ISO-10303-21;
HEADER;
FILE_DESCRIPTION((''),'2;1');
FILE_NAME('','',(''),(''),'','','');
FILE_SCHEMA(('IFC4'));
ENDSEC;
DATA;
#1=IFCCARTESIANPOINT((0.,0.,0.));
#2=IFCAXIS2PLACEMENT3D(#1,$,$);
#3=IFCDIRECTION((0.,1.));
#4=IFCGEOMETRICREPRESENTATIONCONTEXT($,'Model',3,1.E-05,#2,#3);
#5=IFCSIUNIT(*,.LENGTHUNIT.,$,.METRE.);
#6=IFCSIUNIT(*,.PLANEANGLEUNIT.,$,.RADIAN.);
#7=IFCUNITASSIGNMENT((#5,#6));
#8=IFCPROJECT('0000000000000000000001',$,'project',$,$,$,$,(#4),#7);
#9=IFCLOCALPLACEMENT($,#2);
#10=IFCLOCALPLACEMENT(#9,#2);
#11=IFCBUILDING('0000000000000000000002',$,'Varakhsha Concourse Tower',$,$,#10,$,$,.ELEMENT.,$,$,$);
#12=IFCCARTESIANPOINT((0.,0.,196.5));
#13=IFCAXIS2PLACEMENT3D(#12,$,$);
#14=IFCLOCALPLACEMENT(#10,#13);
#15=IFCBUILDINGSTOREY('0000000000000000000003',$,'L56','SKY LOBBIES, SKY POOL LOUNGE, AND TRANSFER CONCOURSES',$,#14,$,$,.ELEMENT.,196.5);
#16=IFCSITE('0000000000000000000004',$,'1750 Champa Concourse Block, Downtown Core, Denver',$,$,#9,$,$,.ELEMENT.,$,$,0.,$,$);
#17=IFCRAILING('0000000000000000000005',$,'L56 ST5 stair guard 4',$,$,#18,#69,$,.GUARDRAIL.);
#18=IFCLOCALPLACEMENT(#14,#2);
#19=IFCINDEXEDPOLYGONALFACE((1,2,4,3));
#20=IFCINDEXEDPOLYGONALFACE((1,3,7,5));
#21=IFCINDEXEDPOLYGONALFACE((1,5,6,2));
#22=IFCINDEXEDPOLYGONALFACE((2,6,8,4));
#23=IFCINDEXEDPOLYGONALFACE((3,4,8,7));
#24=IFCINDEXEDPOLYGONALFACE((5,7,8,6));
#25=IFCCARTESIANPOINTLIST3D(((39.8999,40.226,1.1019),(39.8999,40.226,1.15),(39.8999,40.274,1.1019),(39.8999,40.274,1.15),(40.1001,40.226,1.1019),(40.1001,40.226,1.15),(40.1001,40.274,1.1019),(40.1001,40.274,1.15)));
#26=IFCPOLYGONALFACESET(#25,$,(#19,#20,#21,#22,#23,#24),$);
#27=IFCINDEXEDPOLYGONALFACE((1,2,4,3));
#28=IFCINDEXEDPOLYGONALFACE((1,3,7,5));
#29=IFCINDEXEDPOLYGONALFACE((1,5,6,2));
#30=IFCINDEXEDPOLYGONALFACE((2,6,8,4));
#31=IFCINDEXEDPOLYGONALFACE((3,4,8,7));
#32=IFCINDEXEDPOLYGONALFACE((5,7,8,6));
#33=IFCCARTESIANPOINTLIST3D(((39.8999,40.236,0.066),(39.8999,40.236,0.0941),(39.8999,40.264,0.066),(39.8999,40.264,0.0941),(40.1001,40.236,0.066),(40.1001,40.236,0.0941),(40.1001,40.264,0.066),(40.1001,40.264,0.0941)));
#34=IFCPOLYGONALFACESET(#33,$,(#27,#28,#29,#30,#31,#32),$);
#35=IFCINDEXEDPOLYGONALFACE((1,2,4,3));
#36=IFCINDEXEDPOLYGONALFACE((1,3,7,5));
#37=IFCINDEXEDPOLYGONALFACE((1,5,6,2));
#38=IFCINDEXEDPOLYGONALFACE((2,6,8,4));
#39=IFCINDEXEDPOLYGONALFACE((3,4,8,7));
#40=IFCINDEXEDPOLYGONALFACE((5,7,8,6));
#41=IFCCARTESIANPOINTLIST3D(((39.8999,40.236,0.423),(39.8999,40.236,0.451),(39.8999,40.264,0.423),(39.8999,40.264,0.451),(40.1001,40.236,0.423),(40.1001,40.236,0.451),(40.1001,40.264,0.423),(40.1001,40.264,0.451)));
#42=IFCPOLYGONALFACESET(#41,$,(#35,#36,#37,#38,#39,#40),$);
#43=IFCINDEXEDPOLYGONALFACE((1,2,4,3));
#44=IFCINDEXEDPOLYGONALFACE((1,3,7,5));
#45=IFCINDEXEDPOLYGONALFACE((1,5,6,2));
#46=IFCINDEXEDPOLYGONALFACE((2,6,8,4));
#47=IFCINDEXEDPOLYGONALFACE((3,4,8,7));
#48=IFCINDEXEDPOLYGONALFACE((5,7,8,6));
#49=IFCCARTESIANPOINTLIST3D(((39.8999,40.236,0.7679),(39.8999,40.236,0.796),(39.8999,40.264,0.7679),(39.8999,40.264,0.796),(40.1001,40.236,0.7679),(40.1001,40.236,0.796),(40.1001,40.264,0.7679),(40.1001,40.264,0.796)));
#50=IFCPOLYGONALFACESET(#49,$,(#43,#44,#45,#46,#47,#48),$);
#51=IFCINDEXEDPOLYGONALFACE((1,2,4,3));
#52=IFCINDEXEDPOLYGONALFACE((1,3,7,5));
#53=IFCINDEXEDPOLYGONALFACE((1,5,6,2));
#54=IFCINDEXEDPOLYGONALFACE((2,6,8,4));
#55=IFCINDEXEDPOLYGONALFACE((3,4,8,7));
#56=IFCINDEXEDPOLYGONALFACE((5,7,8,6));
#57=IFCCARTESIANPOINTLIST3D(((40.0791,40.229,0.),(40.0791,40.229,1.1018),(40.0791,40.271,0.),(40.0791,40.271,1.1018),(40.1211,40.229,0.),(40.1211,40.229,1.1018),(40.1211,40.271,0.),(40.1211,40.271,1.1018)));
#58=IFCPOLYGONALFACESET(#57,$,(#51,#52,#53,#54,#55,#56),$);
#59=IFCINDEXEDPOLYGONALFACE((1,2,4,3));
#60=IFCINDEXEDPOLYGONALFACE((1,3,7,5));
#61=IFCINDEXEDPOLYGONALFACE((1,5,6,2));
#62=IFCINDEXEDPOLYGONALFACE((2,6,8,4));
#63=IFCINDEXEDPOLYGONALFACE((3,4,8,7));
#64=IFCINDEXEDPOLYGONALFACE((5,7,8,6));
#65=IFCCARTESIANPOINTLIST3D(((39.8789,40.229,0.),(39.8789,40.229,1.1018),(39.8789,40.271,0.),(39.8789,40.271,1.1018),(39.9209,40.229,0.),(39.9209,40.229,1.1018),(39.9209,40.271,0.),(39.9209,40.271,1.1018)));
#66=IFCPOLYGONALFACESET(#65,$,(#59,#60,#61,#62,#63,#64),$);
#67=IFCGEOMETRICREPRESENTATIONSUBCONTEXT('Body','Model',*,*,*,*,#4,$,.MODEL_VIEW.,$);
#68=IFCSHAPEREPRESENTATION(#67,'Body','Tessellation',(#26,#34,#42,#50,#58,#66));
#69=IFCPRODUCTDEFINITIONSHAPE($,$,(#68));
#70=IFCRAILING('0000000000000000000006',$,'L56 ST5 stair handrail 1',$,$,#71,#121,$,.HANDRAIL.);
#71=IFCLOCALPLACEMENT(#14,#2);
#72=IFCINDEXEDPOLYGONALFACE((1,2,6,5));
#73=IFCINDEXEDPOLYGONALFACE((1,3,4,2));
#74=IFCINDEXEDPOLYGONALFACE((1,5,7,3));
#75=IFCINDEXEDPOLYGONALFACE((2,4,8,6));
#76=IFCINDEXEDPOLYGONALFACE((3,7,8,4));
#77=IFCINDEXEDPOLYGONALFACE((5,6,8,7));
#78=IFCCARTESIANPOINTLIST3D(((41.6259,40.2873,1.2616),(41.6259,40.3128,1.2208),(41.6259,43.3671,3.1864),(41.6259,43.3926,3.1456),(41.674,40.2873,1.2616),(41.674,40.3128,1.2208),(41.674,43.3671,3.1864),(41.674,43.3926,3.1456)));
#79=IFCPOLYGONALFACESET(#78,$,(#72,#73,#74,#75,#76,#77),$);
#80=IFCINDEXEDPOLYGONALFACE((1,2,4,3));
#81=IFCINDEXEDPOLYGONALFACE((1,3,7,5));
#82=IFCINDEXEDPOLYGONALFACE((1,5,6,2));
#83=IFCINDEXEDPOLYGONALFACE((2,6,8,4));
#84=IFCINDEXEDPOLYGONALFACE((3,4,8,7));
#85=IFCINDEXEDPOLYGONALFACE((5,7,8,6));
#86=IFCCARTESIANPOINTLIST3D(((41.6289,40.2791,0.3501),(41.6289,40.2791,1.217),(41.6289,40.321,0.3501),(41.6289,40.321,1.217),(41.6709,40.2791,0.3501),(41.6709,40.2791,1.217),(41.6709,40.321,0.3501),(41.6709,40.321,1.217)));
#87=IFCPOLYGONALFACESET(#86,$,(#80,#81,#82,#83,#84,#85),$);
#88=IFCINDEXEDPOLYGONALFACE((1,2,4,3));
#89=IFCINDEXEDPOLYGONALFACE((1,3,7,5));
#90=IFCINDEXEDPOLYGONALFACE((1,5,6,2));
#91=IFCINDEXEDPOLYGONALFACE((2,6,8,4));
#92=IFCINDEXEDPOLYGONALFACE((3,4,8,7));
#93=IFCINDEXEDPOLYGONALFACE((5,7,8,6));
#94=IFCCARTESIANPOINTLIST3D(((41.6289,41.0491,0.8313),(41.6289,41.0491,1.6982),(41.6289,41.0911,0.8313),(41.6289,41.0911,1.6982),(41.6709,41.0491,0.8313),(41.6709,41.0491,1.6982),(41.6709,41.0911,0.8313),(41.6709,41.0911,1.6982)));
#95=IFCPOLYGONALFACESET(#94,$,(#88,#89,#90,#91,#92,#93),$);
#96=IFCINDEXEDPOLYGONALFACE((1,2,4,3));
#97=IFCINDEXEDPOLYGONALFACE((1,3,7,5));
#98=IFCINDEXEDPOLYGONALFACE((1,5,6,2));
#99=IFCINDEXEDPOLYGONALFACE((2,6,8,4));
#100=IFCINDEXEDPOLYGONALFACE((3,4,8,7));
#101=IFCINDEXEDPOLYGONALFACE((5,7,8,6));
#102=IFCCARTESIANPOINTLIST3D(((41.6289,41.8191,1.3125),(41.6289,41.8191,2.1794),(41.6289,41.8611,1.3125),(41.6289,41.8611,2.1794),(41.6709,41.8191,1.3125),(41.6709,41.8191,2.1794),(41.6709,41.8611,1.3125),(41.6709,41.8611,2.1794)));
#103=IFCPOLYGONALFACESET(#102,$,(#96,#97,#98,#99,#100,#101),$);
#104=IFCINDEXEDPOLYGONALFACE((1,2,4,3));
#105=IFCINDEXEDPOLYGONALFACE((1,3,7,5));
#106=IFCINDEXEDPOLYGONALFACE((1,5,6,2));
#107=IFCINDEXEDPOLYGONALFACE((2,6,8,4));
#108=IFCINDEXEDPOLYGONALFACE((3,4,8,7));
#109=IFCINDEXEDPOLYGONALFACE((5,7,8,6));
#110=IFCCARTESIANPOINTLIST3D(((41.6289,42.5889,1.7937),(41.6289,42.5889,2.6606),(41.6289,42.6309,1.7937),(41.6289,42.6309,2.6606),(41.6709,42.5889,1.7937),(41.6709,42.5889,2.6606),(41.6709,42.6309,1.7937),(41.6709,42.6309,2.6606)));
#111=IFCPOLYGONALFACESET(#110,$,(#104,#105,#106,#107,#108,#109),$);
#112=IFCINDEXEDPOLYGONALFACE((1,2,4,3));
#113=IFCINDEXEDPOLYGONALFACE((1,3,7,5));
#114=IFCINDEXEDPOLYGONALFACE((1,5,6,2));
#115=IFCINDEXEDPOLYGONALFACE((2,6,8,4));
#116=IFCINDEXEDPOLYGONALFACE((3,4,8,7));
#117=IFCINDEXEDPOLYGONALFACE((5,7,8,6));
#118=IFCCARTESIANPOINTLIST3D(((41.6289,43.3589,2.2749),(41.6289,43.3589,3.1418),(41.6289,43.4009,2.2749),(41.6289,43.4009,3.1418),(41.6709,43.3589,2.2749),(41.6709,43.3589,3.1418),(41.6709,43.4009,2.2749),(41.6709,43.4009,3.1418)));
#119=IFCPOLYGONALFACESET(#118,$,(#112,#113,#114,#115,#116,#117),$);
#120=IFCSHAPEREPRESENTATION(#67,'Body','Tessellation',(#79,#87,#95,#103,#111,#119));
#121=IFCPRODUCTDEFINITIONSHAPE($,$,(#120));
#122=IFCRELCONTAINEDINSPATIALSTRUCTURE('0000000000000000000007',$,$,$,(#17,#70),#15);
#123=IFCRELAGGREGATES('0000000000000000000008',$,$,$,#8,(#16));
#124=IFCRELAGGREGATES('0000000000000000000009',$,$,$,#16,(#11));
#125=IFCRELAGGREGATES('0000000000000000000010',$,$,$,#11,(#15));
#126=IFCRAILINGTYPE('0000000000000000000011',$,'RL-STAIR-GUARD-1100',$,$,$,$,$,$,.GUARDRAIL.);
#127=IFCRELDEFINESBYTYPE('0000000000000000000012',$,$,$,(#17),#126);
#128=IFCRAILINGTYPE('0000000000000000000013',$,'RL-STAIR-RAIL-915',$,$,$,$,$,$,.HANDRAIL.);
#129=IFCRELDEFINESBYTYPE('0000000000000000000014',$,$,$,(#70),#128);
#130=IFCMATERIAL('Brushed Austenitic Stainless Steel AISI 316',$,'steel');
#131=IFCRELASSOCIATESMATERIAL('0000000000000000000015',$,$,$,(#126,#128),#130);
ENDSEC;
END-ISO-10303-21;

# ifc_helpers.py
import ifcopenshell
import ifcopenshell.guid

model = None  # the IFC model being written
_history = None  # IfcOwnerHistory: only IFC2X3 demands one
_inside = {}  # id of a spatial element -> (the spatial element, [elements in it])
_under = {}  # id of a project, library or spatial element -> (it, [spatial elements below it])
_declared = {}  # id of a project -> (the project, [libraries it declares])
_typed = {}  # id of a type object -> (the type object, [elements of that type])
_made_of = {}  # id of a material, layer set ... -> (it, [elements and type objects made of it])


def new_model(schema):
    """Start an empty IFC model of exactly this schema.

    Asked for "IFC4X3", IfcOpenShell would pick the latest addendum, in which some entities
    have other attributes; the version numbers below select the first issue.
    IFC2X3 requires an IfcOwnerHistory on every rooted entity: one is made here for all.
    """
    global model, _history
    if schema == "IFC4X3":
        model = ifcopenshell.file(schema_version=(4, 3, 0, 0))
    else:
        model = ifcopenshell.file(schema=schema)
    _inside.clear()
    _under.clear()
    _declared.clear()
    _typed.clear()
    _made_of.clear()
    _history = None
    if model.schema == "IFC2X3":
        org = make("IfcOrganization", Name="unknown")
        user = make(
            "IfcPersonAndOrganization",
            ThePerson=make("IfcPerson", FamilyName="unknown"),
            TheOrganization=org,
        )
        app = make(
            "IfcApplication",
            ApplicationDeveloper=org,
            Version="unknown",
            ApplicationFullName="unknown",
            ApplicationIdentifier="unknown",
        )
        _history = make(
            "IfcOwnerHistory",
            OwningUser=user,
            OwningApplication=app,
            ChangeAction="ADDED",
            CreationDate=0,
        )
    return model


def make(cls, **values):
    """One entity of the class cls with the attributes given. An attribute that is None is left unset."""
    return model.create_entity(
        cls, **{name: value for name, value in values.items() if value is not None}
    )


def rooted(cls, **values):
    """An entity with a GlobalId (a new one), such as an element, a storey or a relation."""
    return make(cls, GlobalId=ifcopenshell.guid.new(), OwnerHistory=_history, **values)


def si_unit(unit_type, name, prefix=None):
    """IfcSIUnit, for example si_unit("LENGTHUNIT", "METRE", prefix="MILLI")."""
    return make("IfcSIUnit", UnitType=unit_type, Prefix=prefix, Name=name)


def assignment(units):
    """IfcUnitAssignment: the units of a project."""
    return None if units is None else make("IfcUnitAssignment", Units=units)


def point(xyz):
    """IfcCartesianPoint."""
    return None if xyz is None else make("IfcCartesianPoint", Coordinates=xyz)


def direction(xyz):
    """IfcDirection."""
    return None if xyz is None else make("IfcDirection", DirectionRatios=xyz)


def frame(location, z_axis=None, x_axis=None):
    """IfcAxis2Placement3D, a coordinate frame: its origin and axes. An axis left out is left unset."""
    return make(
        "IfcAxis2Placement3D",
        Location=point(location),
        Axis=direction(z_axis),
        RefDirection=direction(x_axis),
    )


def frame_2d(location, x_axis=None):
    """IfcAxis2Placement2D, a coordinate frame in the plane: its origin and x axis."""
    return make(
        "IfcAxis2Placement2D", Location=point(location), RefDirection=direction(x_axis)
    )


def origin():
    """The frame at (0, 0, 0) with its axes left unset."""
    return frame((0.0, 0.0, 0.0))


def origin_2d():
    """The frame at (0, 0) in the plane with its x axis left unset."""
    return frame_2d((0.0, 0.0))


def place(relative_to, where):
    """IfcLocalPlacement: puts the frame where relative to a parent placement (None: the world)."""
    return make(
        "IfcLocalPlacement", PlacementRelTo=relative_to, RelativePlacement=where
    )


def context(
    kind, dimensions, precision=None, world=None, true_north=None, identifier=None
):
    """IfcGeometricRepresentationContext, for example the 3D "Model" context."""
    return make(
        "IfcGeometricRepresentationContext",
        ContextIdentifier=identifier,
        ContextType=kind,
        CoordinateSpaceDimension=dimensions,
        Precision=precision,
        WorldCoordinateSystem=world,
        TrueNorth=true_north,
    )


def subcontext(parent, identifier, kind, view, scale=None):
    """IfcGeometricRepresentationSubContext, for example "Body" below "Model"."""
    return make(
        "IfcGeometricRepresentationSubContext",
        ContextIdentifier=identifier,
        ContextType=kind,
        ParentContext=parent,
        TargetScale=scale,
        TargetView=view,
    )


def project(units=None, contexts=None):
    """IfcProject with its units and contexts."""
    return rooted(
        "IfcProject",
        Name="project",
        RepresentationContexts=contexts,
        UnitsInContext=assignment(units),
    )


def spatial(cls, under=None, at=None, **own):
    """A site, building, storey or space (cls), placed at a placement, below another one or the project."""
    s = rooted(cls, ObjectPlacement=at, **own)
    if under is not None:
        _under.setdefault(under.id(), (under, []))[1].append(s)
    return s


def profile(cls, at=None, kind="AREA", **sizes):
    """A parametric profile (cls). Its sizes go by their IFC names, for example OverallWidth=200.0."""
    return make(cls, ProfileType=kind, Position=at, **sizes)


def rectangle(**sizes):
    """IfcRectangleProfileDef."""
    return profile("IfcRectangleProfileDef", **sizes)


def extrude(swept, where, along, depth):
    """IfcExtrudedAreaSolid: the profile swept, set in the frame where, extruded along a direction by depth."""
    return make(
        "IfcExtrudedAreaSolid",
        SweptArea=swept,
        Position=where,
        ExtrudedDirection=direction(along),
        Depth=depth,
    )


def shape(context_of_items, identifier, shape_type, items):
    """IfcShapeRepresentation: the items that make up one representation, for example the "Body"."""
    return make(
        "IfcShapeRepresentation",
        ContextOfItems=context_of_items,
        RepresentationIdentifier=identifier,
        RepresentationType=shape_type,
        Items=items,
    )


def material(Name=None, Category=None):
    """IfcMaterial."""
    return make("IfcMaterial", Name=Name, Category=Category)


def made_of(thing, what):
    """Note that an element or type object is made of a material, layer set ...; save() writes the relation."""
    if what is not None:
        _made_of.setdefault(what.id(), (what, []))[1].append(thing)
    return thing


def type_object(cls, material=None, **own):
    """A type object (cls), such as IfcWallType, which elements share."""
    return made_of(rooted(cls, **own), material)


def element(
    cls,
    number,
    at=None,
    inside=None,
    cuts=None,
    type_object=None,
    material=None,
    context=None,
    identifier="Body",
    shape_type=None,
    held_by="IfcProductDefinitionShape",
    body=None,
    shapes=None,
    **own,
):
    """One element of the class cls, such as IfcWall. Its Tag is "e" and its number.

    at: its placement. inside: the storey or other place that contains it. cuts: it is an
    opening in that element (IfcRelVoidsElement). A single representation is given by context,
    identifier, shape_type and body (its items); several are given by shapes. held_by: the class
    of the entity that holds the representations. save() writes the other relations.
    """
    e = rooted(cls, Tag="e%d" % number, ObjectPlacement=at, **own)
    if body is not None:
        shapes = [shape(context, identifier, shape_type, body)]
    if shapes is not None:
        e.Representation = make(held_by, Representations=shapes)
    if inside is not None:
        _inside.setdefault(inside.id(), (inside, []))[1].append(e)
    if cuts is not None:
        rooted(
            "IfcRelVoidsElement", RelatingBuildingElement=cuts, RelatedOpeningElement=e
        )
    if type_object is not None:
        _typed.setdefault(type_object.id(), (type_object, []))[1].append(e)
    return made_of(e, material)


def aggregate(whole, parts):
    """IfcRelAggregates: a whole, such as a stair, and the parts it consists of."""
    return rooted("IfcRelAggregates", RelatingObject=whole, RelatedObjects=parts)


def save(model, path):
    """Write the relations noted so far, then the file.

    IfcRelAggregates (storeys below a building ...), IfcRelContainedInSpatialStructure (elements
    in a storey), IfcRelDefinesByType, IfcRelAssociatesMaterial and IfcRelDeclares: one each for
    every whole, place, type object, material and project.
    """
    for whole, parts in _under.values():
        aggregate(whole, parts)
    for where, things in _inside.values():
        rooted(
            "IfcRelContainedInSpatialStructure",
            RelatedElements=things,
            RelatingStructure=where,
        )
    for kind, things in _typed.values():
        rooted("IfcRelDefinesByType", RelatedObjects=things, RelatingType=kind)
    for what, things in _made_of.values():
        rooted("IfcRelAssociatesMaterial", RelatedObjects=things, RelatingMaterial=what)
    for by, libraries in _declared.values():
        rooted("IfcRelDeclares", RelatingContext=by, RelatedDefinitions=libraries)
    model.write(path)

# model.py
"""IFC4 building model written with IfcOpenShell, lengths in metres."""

from ifc_helpers import new_model, si_unit, direction, frame, origin, origin_2d, place, context, subcontext, project, spatial, rectangle, extrude, material, type_object, element, save


model = new_model("IFC4")

# Units and contexts
model_context = context("Model", 3, precision=1e-05, world=origin(), true_north=direction((0.0, 1.0)))
body_context = subcontext(model_context, "Body", "Model", "MODEL_VIEW")
ifc_project = project(units=[si_unit("LENGTHUNIT", "METRE"), si_unit("PLANEANGLEUNIT", "RADIAN")], contexts=[model_context])

# Site, building, storey
site_placement = place(None, origin())
site = spatial("IfcSite", under=ifc_project, at=site_placement, Name="1750 Champa Concourse Block, Downtown Core, Denver", CompositionType="ELEMENT", RefElevation=0.0)
building_placement = place(site_placement, origin())
building = spatial("IfcBuilding", under=site, at=building_placement, Name="Varakhsha Concourse Tower", CompositionType="ELEMENT")
storey_placement = place(building_placement, frame((0.0, 0.0, 196.5)))
storey = spatial("IfcBuildingStorey", under=building, at=storey_placement, Name="L56", Description="SKY LOBBIES, SKY POOL LOUNGE, AND TRANSFER CONCOURSES", CompositionType="ELEMENT", Elevation=196.5)

# Railings
ifc_material_1 = material(Name="Brushed Austenitic Stainless Steel AISI 316", Category="steel")
railing_type_1 = type_object("IfcRailingType", Name="RL-STAIR-GUARD-1100", PredefinedType="GUARDRAIL", material=ifc_material_1)
for number, where, name in (
    (1, (40.1001, 40.25, 0.0), "L56 ST5 stair guard 4"),
):
    element("IfcRailing", number, at=place(storey_placement, frame(where)), inside=storey, type_object=railing_type_1, Name=name, PredefinedType="GUARDRAIL", context=body_context, shape_type="SweptSolid", body=[
        extrude(rectangle(XDim=0.0481, YDim=0.0481, at=origin_2d()), frame((0.0, 0.0, 1.126), z_axis=(-1.0, 0.0, 0.0), x_axis=(0.0, -1.0, 0.0)), (0.0, 0.0, 1.0), 0.2002),
        extrude(rectangle(XDim=0.0281, YDim=0.0281, at=origin_2d()), frame((0.0, 0.0, 0.0801), z_axis=(-1.0, 0.0, 0.0), x_axis=(0.0, -1.0, 0.0)), (0.0, 0.0, 1.0), 0.2002),
        extrude(rectangle(XDim=0.0281, YDim=0.0281, at=origin_2d()), frame((0.0, 0.0, 0.437), z_axis=(-1.0, 0.0, 0.0), x_axis=(0.0, -1.0, 0.0)), (0.0, 0.0, 1.0), 0.2002),
        extrude(rectangle(XDim=0.0281, YDim=0.0281, at=origin_2d()), frame((0.0, 0.0, 0.782), z_axis=(-1.0, 0.0, 0.0), x_axis=(0.0, -1.0, 0.0)), (0.0, 0.0, 1.0), 0.2002),
        extrude(rectangle(XDim=0.042, YDim=0.042, at=origin_2d()), origin(), (0.0, 0.0, 1.0), 1.1018),
        extrude(rectangle(XDim=0.042, YDim=0.042, at=origin_2d()), frame((-0.2002, 0.0, 0.0)), (0.0, 0.0, 1.0), 1.1018),
    ])
railing_type_2 = type_object("IfcRailingType", Name="RL-STAIR-RAIL-915", PredefinedType="HANDRAIL", material=ifc_material_1)
railing_1_placement = place(storey_placement, frame((41.6499, 40.3, 0.3501)))
element("IfcRailing", 2, at=railing_1_placement, inside=storey, type_object=railing_type_2, Name="L56 ST5 stair handrail 1", PredefinedType="HANDRAIL", context=body_context, shape_type="SweptSolid", body=[
    extrude(rectangle(XDim=0.0481, YDim=0.0481, at=origin_2d()), frame((0.0, 0.0, 0.8911), z_axis=(0.0, 0.84801, 0.529981), x_axis=(-1.0, 0.0, 0.0)), (0.0, 0.0, 1.0), 3.6318),
    extrude(rectangle(XDim=0.042, YDim=0.042, at=origin_2d()), origin(), (0.0, 0.0, 1.0), 0.8669),
    extrude(rectangle(XDim=0.042, YDim=0.042, at=origin_2d()), frame((0.0, 0.77, 0.4812)), (0.0, 0.0, 1.0), 0.8669),
    extrude(rectangle(XDim=0.042, YDim=0.042, at=origin_2d()), frame((0.0, 1.54, 0.9624)), (0.0, 0.0, 1.0), 0.8669),
    extrude(rectangle(XDim=0.042, YDim=0.042, at=origin_2d()), frame((0.0, 2.3098, 1.4436)), (0.0, 0.0, 1.0), 0.8669),
    extrude(rectangle(XDim=0.042, YDim=0.042, at=origin_2d()), frame((0.0, 3.0798, 1.9248)), (0.0, 0.0, 1.0), 0.8669),
])

save(model, "model.ifc")
